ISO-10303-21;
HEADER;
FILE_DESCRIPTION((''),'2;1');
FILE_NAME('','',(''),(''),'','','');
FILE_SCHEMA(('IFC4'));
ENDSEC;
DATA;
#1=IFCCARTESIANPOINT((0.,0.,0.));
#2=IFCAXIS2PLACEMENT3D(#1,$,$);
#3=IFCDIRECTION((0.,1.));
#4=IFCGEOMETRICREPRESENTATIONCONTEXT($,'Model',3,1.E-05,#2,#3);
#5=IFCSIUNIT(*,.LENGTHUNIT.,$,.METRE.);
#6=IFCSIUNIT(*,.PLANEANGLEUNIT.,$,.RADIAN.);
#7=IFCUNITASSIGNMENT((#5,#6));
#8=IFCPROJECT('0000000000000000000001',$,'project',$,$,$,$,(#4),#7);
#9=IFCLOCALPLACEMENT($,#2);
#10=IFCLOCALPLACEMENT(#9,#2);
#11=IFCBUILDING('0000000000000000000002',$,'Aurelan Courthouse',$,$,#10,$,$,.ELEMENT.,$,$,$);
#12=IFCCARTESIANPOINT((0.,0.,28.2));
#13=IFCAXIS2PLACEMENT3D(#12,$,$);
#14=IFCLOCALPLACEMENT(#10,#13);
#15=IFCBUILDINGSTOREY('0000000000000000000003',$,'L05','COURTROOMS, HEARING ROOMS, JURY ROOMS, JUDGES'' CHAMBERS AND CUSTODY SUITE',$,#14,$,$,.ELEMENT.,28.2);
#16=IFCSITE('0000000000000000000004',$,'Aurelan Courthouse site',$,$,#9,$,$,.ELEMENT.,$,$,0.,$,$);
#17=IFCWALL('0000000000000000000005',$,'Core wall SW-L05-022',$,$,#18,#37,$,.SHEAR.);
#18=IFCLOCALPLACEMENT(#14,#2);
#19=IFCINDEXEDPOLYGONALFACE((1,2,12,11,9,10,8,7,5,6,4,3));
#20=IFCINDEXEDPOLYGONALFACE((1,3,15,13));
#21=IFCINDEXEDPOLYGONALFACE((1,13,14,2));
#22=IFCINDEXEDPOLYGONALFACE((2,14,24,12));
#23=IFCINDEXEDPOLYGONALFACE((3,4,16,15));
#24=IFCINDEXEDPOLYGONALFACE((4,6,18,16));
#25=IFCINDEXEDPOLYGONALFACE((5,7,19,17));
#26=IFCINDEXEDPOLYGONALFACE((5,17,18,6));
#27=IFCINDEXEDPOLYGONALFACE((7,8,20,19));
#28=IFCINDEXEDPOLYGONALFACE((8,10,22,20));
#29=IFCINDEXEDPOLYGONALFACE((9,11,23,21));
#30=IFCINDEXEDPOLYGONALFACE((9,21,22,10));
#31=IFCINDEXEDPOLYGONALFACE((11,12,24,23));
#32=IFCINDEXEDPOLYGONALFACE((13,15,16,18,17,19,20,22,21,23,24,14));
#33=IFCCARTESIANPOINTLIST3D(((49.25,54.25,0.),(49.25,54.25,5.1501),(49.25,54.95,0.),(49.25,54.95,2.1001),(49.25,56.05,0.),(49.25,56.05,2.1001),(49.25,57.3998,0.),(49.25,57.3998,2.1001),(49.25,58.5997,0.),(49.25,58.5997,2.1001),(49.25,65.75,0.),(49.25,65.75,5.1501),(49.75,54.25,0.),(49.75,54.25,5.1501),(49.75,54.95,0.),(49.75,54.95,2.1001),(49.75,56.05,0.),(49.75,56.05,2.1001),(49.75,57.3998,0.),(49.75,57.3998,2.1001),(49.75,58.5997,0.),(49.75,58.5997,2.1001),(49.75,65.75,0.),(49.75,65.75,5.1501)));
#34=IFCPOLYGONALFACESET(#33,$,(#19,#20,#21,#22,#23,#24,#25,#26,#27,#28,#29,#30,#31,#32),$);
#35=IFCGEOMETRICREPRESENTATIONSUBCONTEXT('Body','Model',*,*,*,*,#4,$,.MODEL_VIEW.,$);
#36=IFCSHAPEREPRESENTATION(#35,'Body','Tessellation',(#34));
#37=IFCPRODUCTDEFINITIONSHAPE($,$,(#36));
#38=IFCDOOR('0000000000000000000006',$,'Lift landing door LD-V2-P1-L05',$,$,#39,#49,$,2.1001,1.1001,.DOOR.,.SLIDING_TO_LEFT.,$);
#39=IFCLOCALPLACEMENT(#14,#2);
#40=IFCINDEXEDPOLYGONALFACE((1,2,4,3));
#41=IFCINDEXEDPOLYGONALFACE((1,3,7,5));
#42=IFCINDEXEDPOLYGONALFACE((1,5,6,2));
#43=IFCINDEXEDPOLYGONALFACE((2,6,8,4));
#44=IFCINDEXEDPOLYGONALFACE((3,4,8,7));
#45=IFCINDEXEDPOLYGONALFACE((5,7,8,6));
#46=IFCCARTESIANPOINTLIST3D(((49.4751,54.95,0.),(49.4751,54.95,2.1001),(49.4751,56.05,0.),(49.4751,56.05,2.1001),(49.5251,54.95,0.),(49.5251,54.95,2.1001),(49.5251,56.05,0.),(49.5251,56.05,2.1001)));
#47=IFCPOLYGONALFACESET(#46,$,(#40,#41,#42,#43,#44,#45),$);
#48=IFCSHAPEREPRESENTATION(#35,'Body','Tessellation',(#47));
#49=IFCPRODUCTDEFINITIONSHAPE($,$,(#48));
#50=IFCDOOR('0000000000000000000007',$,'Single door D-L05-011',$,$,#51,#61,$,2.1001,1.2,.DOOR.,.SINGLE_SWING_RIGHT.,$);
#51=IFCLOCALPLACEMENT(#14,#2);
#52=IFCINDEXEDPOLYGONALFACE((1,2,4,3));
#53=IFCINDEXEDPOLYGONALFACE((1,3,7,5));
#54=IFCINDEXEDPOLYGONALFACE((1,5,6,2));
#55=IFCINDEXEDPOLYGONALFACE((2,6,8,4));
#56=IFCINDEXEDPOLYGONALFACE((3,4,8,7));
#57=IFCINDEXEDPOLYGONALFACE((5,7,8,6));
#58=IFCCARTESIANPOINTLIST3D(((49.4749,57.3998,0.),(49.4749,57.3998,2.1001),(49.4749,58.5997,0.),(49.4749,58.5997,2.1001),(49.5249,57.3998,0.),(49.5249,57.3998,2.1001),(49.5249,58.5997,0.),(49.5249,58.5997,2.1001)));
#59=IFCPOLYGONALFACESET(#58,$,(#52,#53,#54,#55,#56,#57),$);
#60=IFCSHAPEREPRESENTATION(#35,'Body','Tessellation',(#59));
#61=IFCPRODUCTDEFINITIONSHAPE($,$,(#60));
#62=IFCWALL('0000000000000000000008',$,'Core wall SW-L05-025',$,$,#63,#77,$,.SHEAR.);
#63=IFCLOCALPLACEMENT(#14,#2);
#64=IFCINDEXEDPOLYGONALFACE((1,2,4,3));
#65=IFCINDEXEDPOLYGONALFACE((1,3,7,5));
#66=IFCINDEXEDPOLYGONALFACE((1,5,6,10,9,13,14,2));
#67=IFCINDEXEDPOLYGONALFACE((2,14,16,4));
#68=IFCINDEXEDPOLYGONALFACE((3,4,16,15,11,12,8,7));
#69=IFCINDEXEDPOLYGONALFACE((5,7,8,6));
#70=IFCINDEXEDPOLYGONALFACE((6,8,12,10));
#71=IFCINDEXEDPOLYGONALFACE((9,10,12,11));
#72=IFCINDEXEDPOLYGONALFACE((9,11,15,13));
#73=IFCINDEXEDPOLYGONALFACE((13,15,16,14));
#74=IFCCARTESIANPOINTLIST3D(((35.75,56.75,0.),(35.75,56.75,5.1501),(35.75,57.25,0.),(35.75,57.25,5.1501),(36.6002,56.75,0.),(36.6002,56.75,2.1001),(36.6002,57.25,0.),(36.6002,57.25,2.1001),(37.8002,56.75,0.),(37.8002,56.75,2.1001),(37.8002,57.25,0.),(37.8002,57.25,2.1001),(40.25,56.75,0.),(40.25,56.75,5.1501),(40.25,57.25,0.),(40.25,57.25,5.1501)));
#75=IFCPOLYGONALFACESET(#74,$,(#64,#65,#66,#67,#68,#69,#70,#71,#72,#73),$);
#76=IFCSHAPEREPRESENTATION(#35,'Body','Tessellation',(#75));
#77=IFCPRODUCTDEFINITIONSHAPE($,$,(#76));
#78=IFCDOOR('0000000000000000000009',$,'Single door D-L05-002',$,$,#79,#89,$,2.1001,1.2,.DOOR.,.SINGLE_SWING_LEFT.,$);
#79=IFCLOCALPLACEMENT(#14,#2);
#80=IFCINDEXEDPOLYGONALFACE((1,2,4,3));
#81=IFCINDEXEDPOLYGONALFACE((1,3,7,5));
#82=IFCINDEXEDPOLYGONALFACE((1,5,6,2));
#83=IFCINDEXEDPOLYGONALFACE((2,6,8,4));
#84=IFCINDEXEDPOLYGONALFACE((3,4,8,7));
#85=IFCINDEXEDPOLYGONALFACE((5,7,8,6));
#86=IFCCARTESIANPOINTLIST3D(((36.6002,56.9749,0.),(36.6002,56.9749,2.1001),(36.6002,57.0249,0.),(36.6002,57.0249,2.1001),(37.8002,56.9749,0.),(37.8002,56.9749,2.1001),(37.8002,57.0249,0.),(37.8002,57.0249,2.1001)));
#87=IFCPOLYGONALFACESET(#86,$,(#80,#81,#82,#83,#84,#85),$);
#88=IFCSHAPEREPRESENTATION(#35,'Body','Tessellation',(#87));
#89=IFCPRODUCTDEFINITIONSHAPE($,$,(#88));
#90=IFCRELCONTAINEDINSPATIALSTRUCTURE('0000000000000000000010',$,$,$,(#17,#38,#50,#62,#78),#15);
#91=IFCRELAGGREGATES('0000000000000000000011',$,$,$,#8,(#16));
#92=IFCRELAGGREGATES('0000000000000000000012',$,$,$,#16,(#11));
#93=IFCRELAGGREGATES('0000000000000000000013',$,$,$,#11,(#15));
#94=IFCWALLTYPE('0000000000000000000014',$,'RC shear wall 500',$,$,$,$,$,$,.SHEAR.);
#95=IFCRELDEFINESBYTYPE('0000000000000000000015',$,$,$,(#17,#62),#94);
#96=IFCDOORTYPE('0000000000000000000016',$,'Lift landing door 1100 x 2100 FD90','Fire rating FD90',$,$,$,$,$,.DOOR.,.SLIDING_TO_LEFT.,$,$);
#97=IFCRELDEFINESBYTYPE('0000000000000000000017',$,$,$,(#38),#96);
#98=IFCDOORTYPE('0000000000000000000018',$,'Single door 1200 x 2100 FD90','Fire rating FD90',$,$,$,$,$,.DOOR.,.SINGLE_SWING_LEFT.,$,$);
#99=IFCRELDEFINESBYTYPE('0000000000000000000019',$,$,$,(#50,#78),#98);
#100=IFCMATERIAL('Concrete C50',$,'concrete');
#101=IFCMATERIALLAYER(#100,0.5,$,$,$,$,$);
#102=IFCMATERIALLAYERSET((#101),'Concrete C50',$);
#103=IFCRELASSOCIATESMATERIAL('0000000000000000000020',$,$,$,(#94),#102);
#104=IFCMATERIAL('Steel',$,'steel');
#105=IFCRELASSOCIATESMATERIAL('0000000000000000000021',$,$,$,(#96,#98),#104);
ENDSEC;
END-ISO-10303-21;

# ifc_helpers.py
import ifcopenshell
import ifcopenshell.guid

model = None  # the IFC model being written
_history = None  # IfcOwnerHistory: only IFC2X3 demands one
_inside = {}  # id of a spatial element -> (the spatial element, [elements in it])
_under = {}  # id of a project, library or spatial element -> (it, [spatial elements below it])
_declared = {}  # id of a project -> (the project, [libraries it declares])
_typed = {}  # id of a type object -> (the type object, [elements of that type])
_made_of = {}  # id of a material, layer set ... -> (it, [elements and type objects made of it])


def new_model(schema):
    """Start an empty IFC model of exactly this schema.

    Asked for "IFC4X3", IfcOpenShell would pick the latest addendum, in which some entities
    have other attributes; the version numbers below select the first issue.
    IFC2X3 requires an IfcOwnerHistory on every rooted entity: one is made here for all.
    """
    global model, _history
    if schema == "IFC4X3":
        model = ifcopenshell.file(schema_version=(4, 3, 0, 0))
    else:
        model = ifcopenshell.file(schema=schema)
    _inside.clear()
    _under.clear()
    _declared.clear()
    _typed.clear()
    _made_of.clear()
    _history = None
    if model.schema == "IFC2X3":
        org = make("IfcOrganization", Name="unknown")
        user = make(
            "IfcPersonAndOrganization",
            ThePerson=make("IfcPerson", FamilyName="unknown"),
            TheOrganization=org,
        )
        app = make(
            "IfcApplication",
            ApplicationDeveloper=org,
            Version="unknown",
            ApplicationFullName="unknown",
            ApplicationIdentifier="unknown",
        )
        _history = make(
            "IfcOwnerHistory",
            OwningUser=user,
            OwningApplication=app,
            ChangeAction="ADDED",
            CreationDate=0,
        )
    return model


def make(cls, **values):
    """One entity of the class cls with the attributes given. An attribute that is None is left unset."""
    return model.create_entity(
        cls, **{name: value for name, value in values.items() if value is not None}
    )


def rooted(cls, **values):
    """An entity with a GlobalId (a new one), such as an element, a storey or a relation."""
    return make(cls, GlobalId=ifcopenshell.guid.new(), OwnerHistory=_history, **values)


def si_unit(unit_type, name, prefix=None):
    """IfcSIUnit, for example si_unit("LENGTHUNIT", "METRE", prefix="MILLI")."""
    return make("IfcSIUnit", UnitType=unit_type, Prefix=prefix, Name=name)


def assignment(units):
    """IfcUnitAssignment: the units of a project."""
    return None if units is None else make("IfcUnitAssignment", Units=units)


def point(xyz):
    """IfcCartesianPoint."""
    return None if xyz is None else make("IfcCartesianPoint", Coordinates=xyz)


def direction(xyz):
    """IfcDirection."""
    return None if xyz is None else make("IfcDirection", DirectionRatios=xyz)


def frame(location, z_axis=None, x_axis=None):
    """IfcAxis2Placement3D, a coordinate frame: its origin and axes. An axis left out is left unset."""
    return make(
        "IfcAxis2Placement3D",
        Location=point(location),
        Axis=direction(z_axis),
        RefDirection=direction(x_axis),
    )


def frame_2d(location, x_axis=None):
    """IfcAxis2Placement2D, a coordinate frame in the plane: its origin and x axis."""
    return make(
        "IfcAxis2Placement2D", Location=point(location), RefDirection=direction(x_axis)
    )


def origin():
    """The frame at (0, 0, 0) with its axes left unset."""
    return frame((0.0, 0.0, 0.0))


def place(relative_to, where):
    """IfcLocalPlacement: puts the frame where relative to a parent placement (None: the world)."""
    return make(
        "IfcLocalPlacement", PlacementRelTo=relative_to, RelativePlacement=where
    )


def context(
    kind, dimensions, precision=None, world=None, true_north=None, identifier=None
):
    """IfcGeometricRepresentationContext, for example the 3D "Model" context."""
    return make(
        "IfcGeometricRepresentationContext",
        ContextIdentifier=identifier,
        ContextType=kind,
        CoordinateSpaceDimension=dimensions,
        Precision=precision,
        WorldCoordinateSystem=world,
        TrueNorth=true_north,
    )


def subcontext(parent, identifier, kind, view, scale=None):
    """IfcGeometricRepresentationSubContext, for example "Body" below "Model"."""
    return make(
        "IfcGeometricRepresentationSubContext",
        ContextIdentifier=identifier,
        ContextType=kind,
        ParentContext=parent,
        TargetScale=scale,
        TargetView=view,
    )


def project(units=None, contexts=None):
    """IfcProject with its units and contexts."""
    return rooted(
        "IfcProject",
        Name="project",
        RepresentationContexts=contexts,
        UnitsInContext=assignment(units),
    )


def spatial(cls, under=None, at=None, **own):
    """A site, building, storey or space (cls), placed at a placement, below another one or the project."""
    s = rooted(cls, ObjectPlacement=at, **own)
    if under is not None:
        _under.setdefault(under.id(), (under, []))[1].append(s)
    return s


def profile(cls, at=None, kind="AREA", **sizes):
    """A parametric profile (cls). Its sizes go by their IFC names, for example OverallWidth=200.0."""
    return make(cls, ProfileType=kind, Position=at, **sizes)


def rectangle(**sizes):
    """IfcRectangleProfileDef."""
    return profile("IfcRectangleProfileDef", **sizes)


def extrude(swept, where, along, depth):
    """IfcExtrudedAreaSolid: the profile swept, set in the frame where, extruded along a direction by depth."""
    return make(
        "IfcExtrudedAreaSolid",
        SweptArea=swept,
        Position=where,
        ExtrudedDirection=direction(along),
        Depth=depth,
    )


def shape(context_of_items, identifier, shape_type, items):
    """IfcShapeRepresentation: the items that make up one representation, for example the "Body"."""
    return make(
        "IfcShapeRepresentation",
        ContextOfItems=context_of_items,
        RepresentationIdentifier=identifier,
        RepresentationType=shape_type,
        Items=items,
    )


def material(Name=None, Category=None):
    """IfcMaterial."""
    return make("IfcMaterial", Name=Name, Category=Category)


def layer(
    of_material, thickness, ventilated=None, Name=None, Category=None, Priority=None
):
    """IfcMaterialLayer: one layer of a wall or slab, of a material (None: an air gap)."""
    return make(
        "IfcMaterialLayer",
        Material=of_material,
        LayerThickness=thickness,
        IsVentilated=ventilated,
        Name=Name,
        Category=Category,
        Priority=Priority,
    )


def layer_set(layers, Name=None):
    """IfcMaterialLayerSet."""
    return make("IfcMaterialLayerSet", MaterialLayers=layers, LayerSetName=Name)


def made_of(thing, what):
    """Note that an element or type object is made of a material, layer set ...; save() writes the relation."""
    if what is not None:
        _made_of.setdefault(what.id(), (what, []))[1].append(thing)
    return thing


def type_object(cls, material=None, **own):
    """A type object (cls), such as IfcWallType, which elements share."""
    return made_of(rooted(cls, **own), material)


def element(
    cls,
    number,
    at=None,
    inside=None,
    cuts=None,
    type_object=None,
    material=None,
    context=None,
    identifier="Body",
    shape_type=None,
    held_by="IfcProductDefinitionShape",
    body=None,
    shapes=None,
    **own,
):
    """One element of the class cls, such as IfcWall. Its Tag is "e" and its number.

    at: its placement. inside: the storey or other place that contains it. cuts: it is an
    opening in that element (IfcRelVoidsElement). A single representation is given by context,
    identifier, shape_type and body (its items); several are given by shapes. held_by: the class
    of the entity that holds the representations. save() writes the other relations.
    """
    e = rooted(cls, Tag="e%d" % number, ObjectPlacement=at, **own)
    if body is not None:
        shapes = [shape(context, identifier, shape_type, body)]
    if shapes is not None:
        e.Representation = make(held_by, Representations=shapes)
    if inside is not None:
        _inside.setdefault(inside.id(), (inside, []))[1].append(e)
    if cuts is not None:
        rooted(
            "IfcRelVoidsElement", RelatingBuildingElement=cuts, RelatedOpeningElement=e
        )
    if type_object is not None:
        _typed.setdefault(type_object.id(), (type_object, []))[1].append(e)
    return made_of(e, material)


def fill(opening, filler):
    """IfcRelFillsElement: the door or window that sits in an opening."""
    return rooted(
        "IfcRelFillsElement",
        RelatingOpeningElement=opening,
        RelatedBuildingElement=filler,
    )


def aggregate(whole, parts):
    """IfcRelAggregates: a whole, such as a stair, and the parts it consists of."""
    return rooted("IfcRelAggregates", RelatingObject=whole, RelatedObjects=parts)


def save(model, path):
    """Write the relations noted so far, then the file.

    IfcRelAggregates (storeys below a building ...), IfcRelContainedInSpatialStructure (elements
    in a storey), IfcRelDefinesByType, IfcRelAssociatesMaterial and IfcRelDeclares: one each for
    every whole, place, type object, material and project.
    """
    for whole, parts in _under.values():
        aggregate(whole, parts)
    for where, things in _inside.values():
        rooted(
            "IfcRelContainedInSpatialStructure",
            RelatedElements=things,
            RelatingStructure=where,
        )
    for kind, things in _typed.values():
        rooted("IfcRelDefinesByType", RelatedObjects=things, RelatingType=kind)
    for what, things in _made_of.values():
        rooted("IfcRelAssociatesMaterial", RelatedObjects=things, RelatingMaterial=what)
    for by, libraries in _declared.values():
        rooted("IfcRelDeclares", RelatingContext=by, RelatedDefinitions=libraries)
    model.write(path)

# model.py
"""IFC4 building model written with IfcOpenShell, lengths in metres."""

from ifc_helpers import new_model, si_unit, direction, frame, frame_2d, origin, place, context, subcontext, project, spatial, rectangle, extrude, material, layer, layer_set, type_object, element, fill, save


model = new_model("IFC4")

# Units and contexts
model_context = context("Model", 3, precision=1e-05, world=origin(), true_north=direction((0.0, 1.0)))
body_context = subcontext(model_context, "Body", "Model", "MODEL_VIEW")
ifc_project = project(units=[si_unit("LENGTHUNIT", "METRE"), si_unit("PLANEANGLEUNIT", "RADIAN")], contexts=[model_context])

# Site, building, storey
site_placement = place(None, origin())
site = spatial("IfcSite", under=ifc_project, at=site_placement, Name="Aurelan Courthouse site", CompositionType="ELEMENT", RefElevation=0.0)
building_placement = place(site_placement, origin())
building = spatial("IfcBuilding", under=site, at=building_placement, Name="Aurelan Courthouse", CompositionType="ELEMENT")
storey_placement = place(building_placement, frame((0.0, 0.0, 28.2)))
storey = spatial("IfcBuildingStorey", under=building, at=storey_placement, Name="L05", Description="COURTROOMS, HEARING ROOMS, JURY ROOMS, JUDGES' CHAMBERS AND CUSTODY SUITE", CompositionType="ELEMENT", Elevation=28.2)

# Shared definitions
ifc_material_1 = material(Name="Concrete C50", Category="concrete")

# Shared definitions
ifc_material_2 = material(Name="Steel", Category="steel")

# Shared definitions
ifc_layer_1 = layer(ifc_material_1, 0.5)
ifc_layer_set_1 = layer_set([ifc_layer_1], Name="Concrete C50")
wall_type_1 = type_object("IfcWallType", Name="RC shear wall 500", PredefinedType="SHEAR", material=ifc_layer_set_1)

# Shared definitions
door_type_1 = type_object("IfcDoorType", Name="Lift landing door 1100 x 2100 FD90", Description="Fire rating FD90", OperationType="SLIDING_TO_LEFT", PredefinedType="DOOR", material=ifc_material_2)

# Wall, openings, doors
wall_1_placement = place(storey_placement, frame((49.5, 54.25, 0.0), z_axis=(0.0, 0.0, 1.0), x_axis=(0.0, 1.0, 0.0)))
wall_1 = element("IfcWall", 1, at=wall_1_placement, inside=storey, type_object=wall_type_1, Name="Core wall SW-L05-022", PredefinedType="SHEAR", context=body_context, shape_type="SweptSolid", body=[
    extrude(rectangle(XDim=11.5, YDim=0.5, at=frame_2d((5.75, 0.0))), origin(), (0.0, 0.0, 1.0), 5.1501),
])
opening_1_placement = place(wall_1_placement, frame((0.7, 0.0, 0.0)))
opening_1 = element("IfcOpeningElement", 2, at=opening_1_placement, cuts=wall_1, PredefinedType="OPENING", context=body_context, shape_type="SweptSolid", body=[
    extrude(rectangle(XDim=1.1001, YDim=2.1001, at=frame_2d((0.55, 1.05))), frame((0.0, 0.26, 0.0), z_axis=(0.0, -1.0, 0.0), x_axis=(1.0, 0.0, 0.0)), (0.0, 0.0, 1.0), 0.52),
])
opening_2_placement = place(wall_1_placement, frame((4.3499, 0.0, 0.0), z_axis=(0.0, 0.0, 1.0), x_axis=(-1.0, 0.0, 0.0)))
opening_2 = element("IfcOpeningElement", 3, at=opening_2_placement, cuts=wall_1, PredefinedType="OPENING", context=body_context, shape_type="SweptSolid", body=[
    extrude(rectangle(XDim=1.2, YDim=2.1001, at=frame_2d((0.6001, 1.05))), frame((0.0, 0.26, 0.0), z_axis=(0.0, -1.0, 0.0), x_axis=(1.0, 0.0, 0.0)), (0.0, 0.0, 1.0), 0.52),
])
door_1_placement = place(opening_1_placement, origin())
door_1 = element("IfcDoor", 4, at=door_1_placement, inside=storey, type_object=door_type_1, Name="Lift landing door LD-V2-P1-L05", OperationType="SLIDING_TO_LEFT", OverallHeight=2.1001, OverallWidth=1.1001, PredefinedType="DOOR", context=body_context, shape_type="SweptSolid", body=[
    extrude(rectangle(XDim=1.1001, YDim=2.1001, at=frame_2d((0.55, 1.05))), frame((0.0, 0.0249, 0.0), z_axis=(0.0, -1.0, 0.0), x_axis=(1.0, 0.0, 0.0)), (0.0, 0.0, 1.0), 0.05),
])
fill(opening_1, door_1)
door_type_2 = type_object("IfcDoorType", Name="Single door 1200 x 2100 FD90", Description="Fire rating FD90", OperationType="SINGLE_SWING_LEFT", PredefinedType="DOOR", material=ifc_material_2)
door_2_placement = place(opening_2_placement, origin())
door_2 = element("IfcDoor", 5, at=door_2_placement, inside=storey, type_object=door_type_2, Name="Single door D-L05-011", OperationType="SINGLE_SWING_RIGHT", OverallHeight=2.1001, OverallWidth=1.2, PredefinedType="DOOR", context=body_context, shape_type="SweptSolid", body=[
    extrude(rectangle(XDim=1.2, YDim=2.1001, at=frame_2d((0.6001, 1.05))), frame((0.0, 0.0249, 0.0), z_axis=(0.0, -1.0, 0.0), x_axis=(1.0, 0.0, 0.0)), (0.0, 0.0, 1.0), 0.05),
])
fill(opening_2, door_2)

# Wall, opening, door
wall_2_placement = place(storey_placement, frame((35.75, 57.0, 0.0), z_axis=(0.0, 0.0, 1.0), x_axis=(1.0, 0.0, 0.0)))
wall_2 = element("IfcWall", 6, at=wall_2_placement, inside=storey, type_object=wall_type_1, Name="Core wall SW-L05-025", PredefinedType="SHEAR", context=body_context, shape_type="SweptSolid", body=[
    extrude(rectangle(XDim=4.5, YDim=0.5, at=frame_2d((2.25, 0.0))), origin(), (0.0, 0.0, 1.0), 5.1501),
])
opening_3_placement = place(wall_2_placement, frame((0.8501, 0.0, 0.0)))
opening_3 = element("IfcOpeningElement", 7, at=opening_3_placement, cuts=wall_2, PredefinedType="OPENING", context=body_context, shape_type="SweptSolid", body=[
    extrude(rectangle(XDim=1.2, YDim=2.1001, at=frame_2d((0.6001, 1.05))), frame((0.0, 0.26, 0.0), z_axis=(0.0, -1.0, 0.0), x_axis=(1.0, 0.0, 0.0)), (0.0, 0.0, 1.0), 0.52),
])
door_3_placement = place(opening_3_placement, origin())
door_3 = element("IfcDoor", 8, at=door_3_placement, inside=storey, type_object=door_type_2, Name="Single door D-L05-002", OperationType="SINGLE_SWING_LEFT", OverallHeight=2.1001, OverallWidth=1.2, PredefinedType="DOOR", context=body_context, shape_type="SweptSolid", body=[
    extrude(rectangle(XDim=1.2, YDim=2.1001, at=frame_2d((0.6001, 1.05))), frame((0.0, 0.0249, 0.0), z_axis=(0.0, -1.0, 0.0), x_axis=(1.0, 0.0, 0.0)), (0.0, 0.0, 1.0), 0.05),
])
fill(opening_3, door_3)

save(model, "model.ifc")
